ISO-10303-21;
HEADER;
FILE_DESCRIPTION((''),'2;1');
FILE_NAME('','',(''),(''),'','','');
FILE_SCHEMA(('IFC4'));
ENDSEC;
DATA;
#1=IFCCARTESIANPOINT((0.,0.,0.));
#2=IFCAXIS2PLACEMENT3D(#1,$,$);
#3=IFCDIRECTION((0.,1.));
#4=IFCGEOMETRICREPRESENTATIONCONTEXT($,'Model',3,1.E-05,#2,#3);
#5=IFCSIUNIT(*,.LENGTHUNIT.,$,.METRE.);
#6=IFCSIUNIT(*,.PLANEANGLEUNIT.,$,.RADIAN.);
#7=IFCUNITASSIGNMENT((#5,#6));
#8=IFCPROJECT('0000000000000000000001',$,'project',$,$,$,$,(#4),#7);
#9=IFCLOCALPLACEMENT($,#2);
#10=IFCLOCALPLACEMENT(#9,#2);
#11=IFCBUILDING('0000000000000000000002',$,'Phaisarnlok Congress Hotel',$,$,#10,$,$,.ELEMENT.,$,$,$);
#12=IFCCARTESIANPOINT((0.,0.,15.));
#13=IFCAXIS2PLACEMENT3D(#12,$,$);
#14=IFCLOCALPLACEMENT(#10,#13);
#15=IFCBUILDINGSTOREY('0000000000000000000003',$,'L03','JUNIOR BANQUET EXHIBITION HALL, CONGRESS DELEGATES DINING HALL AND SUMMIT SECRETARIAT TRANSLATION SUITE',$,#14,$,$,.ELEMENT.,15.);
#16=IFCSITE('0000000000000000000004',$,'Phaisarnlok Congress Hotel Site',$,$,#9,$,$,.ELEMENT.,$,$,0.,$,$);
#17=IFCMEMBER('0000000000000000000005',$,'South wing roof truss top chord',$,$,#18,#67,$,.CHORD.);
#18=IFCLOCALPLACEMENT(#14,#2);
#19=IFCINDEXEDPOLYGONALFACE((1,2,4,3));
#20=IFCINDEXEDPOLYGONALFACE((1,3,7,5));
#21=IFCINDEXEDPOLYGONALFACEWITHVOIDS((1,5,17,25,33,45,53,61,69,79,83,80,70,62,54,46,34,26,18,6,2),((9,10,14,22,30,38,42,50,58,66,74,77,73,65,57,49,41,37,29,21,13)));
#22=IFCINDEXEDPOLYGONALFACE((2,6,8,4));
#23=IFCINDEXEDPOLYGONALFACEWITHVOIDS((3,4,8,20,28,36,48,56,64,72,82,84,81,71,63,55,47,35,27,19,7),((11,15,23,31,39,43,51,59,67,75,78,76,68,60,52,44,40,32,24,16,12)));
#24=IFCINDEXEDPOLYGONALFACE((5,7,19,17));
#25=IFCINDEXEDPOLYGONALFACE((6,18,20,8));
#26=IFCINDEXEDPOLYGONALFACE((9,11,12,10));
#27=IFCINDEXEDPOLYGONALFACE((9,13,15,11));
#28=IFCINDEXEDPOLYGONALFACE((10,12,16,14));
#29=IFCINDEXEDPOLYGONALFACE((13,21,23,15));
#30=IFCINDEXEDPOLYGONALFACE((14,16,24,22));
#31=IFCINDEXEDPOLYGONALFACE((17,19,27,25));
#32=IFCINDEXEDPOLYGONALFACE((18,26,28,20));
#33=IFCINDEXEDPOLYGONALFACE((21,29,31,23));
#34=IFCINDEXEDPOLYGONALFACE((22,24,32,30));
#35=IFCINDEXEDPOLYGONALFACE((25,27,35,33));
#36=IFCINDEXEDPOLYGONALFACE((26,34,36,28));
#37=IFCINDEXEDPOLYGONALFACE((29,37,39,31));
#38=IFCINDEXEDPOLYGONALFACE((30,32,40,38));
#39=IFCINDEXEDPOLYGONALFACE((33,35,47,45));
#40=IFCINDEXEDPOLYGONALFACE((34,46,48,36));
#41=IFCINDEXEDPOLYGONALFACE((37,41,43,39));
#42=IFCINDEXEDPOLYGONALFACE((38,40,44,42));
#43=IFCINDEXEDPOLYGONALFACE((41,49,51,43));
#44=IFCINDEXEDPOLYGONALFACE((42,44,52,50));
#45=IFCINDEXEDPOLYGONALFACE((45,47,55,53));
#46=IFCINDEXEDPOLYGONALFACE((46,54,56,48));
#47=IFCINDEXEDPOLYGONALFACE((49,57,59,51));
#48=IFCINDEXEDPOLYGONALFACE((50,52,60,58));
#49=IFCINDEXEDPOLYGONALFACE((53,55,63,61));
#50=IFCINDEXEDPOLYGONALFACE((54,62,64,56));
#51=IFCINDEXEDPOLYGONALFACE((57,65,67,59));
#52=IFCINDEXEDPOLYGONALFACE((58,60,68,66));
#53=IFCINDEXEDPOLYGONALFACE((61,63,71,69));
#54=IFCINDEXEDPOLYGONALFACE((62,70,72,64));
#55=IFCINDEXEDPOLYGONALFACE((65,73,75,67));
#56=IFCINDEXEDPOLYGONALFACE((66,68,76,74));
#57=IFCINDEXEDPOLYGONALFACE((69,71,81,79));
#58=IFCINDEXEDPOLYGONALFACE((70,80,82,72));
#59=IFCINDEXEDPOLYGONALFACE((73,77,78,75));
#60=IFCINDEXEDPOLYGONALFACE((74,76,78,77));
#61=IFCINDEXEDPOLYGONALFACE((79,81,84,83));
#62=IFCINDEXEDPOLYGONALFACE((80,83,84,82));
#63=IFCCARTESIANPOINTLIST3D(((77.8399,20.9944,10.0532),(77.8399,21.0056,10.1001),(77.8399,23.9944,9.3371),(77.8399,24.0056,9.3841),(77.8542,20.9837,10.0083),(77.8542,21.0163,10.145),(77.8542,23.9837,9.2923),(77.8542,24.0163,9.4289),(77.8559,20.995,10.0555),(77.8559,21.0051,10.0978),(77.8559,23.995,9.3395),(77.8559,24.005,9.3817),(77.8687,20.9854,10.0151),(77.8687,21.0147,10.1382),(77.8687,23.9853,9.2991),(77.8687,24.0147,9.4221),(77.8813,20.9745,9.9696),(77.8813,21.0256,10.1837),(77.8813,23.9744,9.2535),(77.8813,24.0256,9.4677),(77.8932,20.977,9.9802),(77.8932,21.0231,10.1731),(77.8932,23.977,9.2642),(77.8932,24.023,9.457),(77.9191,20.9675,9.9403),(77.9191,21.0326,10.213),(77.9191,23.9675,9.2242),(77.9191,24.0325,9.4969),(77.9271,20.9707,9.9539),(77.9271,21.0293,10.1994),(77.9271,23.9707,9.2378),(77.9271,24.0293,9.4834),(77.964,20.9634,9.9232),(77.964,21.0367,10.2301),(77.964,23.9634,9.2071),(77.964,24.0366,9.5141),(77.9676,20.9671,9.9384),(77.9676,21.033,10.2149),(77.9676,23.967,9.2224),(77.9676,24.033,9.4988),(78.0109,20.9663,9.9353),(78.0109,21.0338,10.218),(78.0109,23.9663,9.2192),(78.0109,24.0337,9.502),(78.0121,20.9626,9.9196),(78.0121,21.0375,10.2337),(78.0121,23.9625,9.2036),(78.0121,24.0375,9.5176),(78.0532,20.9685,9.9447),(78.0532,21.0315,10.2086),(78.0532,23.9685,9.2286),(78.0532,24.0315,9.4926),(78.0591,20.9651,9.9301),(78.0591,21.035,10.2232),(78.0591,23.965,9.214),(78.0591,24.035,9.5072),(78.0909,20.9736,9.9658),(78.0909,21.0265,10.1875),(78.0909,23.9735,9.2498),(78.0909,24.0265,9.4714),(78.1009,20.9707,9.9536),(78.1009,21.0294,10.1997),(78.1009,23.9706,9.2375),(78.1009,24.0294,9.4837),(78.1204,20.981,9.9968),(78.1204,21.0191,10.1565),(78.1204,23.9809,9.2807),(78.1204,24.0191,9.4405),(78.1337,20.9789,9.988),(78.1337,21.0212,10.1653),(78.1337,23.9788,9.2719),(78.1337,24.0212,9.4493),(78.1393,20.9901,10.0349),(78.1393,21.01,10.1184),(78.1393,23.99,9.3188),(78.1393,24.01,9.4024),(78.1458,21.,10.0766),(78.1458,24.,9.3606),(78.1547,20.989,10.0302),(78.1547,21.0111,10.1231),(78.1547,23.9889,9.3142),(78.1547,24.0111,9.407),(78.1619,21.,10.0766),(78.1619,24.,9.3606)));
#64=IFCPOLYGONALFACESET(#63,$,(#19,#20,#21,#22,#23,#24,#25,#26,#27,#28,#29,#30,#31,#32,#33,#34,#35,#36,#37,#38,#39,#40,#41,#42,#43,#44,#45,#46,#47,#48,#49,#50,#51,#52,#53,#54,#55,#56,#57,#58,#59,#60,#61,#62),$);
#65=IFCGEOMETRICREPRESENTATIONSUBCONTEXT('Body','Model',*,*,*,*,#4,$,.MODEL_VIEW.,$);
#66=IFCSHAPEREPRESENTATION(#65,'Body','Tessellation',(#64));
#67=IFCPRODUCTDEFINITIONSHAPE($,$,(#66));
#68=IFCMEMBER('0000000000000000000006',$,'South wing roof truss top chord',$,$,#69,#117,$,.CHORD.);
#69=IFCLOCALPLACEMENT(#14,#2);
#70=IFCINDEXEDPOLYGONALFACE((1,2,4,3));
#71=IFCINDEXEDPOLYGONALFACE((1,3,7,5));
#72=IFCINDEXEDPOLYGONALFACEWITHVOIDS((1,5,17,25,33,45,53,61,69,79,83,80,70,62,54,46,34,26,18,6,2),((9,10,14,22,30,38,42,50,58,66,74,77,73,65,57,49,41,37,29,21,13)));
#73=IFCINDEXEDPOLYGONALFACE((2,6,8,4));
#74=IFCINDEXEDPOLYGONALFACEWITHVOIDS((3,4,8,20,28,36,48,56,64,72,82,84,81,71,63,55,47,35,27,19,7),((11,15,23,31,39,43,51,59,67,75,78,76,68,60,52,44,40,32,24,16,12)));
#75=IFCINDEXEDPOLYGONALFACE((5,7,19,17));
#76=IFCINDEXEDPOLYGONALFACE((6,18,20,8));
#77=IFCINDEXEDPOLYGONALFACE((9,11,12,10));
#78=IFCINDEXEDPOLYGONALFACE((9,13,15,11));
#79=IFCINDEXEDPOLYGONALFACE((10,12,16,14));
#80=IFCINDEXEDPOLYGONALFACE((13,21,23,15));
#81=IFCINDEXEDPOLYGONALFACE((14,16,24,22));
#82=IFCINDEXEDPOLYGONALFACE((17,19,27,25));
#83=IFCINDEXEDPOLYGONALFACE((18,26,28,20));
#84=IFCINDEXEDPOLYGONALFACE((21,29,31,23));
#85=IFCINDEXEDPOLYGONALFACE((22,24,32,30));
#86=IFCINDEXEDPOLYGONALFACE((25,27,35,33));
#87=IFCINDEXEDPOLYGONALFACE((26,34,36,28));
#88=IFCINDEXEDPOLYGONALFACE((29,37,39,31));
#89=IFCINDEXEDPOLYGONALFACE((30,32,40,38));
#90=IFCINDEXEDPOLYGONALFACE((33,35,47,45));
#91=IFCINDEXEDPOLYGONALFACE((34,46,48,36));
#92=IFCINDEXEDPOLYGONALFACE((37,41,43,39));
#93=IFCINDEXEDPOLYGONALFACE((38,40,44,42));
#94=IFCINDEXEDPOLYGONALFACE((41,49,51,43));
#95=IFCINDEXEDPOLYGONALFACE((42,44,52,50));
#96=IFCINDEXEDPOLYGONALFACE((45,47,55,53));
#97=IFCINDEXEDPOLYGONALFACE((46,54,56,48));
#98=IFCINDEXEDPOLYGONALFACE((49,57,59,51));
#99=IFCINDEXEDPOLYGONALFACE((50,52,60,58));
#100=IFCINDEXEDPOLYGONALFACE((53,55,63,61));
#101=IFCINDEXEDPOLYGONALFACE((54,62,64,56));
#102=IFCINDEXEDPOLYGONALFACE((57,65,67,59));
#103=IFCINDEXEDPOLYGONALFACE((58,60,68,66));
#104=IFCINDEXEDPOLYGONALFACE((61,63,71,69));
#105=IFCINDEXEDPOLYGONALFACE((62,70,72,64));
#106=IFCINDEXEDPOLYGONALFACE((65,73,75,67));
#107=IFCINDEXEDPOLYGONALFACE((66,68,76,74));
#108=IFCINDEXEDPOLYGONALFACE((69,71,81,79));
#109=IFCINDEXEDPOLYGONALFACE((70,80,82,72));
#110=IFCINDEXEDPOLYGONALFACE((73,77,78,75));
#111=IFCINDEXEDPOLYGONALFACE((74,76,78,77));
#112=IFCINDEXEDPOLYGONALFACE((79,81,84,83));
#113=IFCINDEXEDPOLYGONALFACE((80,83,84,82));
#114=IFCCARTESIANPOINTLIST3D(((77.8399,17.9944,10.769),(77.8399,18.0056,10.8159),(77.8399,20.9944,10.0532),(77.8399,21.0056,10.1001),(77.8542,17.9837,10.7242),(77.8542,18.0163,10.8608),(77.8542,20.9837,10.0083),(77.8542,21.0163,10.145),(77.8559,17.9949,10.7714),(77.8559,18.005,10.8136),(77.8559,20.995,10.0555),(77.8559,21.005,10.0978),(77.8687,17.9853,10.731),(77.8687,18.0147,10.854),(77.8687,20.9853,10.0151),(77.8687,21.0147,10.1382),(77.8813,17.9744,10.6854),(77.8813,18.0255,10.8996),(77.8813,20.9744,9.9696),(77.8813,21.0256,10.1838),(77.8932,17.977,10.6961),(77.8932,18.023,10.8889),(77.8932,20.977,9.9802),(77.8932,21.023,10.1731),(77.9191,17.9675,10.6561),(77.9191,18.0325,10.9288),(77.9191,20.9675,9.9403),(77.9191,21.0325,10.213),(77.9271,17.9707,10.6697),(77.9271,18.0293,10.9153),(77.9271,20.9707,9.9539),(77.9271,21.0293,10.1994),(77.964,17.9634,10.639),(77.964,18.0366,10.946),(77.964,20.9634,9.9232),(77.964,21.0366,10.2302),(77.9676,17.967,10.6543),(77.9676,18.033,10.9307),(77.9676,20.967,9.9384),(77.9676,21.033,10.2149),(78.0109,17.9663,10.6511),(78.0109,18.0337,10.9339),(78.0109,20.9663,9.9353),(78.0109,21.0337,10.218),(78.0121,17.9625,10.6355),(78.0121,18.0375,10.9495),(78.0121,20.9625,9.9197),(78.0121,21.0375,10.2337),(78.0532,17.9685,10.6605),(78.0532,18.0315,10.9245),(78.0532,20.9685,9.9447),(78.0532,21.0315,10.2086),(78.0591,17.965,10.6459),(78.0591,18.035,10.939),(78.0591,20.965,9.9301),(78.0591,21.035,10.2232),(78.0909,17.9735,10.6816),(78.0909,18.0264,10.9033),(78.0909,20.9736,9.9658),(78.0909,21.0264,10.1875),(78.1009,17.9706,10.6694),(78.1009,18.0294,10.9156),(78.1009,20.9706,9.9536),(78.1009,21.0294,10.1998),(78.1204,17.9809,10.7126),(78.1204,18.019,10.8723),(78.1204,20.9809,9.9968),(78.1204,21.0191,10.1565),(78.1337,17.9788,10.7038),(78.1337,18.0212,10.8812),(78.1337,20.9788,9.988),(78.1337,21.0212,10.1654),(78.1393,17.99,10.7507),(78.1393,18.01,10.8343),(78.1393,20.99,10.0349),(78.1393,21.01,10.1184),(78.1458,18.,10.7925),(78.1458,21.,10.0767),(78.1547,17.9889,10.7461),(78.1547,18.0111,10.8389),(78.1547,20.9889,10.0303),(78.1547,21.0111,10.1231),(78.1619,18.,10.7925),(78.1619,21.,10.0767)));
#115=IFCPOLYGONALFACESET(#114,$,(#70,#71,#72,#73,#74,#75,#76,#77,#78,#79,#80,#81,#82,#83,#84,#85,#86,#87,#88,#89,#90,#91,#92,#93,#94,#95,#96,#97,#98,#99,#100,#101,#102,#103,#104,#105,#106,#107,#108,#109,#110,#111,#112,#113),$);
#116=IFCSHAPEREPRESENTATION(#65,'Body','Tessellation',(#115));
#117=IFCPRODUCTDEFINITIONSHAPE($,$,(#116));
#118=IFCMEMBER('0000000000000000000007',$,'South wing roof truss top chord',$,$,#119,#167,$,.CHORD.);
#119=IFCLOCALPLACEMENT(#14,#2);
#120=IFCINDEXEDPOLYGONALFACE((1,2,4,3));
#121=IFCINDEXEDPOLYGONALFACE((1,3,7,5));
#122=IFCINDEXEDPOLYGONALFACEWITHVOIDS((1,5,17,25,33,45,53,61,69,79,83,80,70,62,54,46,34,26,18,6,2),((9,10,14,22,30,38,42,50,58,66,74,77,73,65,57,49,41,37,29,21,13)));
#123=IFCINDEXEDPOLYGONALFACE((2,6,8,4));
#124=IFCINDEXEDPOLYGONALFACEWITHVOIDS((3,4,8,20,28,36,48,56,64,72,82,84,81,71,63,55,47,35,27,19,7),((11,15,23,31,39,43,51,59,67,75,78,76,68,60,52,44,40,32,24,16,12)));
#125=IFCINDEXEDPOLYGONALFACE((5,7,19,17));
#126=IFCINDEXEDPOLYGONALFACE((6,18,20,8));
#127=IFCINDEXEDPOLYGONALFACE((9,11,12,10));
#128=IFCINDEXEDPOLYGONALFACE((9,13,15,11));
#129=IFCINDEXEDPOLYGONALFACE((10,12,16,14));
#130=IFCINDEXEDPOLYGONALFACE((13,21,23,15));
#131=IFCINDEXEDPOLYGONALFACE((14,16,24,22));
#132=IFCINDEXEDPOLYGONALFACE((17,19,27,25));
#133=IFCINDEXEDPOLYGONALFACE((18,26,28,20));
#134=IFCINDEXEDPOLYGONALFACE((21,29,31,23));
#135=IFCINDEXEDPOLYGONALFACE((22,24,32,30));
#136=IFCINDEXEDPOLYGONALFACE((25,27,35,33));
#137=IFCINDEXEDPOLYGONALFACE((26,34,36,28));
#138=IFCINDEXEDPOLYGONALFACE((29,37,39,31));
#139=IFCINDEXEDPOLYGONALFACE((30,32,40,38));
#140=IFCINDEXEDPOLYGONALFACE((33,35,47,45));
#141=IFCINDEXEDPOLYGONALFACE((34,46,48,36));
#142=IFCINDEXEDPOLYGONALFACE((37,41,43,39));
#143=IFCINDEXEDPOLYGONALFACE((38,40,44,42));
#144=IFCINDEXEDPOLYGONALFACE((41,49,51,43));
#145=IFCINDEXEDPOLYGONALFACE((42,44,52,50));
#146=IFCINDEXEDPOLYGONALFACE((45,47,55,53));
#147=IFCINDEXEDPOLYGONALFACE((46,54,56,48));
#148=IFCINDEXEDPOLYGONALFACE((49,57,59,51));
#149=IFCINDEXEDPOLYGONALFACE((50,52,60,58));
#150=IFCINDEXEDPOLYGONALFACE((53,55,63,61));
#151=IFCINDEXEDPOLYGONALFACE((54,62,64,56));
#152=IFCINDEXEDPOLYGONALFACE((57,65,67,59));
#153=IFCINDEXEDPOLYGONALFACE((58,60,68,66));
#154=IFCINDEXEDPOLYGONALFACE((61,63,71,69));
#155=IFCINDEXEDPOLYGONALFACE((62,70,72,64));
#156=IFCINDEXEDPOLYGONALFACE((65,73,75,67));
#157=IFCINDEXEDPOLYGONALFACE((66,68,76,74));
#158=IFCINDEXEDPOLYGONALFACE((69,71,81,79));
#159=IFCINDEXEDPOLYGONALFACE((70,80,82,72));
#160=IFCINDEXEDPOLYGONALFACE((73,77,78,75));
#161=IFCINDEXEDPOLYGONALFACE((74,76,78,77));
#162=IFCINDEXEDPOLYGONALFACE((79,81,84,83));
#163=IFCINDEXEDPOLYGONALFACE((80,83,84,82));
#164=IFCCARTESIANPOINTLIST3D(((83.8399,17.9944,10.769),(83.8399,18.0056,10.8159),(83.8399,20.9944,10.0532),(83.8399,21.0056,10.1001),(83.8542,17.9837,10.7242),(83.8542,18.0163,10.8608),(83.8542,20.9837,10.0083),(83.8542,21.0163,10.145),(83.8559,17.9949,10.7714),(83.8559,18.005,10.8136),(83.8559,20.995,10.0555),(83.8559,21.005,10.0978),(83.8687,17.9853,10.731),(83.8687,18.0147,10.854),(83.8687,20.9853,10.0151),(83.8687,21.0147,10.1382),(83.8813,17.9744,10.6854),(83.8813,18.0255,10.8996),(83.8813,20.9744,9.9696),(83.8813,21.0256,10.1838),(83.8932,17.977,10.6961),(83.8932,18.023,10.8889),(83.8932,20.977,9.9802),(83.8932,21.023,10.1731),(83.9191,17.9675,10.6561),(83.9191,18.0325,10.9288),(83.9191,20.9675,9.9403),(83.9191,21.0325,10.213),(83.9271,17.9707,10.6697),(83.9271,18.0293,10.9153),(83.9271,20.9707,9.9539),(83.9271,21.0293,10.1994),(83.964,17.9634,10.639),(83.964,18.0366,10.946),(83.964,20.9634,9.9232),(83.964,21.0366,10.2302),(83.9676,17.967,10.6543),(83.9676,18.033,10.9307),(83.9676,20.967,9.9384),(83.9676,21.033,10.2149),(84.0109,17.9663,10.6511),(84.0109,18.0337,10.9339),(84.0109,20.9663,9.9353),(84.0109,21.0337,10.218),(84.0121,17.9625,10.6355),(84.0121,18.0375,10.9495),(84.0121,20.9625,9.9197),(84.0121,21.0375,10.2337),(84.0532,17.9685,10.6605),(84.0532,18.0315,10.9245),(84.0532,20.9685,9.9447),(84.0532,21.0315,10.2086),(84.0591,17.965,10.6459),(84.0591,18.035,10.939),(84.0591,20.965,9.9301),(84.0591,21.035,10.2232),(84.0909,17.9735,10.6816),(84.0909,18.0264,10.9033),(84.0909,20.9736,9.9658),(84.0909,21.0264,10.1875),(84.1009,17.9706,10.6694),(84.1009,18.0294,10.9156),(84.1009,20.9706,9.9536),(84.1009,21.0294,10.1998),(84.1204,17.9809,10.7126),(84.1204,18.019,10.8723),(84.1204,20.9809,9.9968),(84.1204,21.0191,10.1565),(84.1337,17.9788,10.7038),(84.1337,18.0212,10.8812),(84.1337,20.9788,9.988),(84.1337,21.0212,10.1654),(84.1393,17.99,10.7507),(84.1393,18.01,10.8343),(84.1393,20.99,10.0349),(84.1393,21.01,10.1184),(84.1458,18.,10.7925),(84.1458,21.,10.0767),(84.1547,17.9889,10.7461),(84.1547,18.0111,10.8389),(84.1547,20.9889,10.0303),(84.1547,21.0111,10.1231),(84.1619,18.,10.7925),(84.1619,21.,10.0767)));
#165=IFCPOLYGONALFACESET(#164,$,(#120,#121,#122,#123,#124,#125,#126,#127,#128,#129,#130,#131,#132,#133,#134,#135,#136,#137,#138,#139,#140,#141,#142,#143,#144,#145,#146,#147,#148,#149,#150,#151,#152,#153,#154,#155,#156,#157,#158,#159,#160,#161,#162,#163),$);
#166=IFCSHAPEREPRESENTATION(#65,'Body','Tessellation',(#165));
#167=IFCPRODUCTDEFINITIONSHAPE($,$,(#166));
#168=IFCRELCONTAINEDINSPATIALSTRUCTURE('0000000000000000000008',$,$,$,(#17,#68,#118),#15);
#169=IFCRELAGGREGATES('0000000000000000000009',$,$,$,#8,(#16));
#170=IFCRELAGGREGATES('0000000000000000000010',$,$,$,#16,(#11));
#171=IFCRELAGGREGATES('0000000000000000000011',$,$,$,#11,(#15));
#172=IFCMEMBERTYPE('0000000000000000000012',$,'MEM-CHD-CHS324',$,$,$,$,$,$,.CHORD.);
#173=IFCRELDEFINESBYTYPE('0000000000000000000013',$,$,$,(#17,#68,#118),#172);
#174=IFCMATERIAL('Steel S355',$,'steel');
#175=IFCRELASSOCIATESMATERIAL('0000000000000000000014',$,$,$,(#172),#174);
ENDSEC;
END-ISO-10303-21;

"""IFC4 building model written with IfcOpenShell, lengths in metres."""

from ifc_helpers import new_model, si_unit, direction, frame, origin, origin_2d, place, context, subcontext, project, spatial, hollow_circle, extrude, material, material_profile, profile_set, type_object, element, save


model = new_model("IFC4")

# Units and contexts
model_context = context("Model", 3, precision=1e-05, world=origin(), true_north=direction((0.0, 1.0)))
body_context = subcontext(model_context, "Body", "Model", "MODEL_VIEW")
ifc_project = project(units=[si_unit("LENGTHUNIT", "METRE"), si_unit("PLANEANGLEUNIT", "RADIAN")], contexts=[model_context])

# Site, building, storey
site_placement = place(None, origin())
site = spatial("IfcSite", under=ifc_project, at=site_placement, Name="Phaisarnlok Congress Hotel Site", CompositionType="ELEMENT", RefElevation=0.0)
building_placement = place(site_placement, origin())
building = spatial("IfcBuilding", under=site, at=building_placement, Name="Phaisarnlok Congress Hotel", CompositionType="ELEMENT")
storey_placement = place(building_placement, frame((0.0, 0.0, 15.0)))
storey = spatial("IfcBuildingStorey", under=building, at=storey_placement, Name="L03", Description="JUNIOR BANQUET EXHIBITION HALL, CONGRESS DELEGATES DINING HALL AND SUMMIT SECRETARIAT TRANSLATION SUITE", CompositionType="ELEMENT", Elevation=15.0)

# Shared definitions
ifc_material_1 = material(Name="Steel S355", Category="steel")

# Members
ifc_material_profile_1 = material_profile(ifc_material_1, hollow_circle(Radius=0.1619, WallThickness=0.0161, at=origin_2d()), Name="CHS 323.9x16")
ifc_profile_set_1 = profile_set([ifc_material_profile_1], Name="Steel S355")
member_type_1 = type_object("IfcMemberType", Name="MEM-CHD-CHS324", PredefinedType="CHORD", material=ifc_profile_set_1)
for number, where, z_axis, x_axis, name in (
    (1, (78.0, 24.0, 9.3606), (0.0, -0.972676, 0.232166), (1.0, 0.0, 0.0), "South wing roof truss top chord"),
    (2, (78.0, 21.0, 10.0767), (0.0, -0.972694, 0.232091), (1.0, 0.0, 0.0), "South wing roof truss top chord"),
    (3, (84.0, 21.0, 10.0767), (0.0, -0.972694, 0.232091), (1.0, 0.0, 0.0), "South wing roof truss top chord"),
):
    element("IfcMember", number, at=place(storey_placement, frame(where, z_axis=z_axis, x_axis=x_axis)), inside=storey, type_object=member_type_1, Name=name, PredefinedType="CHORD", context=body_context, shape_type="SweptSolid", body=[
        extrude(hollow_circle(Radius=0.1619, WallThickness=0.0161, at=origin_2d()), origin(), (0.0, 0.0, 1.0), 3.0842),
    ])

save(model, "model.ifc")
